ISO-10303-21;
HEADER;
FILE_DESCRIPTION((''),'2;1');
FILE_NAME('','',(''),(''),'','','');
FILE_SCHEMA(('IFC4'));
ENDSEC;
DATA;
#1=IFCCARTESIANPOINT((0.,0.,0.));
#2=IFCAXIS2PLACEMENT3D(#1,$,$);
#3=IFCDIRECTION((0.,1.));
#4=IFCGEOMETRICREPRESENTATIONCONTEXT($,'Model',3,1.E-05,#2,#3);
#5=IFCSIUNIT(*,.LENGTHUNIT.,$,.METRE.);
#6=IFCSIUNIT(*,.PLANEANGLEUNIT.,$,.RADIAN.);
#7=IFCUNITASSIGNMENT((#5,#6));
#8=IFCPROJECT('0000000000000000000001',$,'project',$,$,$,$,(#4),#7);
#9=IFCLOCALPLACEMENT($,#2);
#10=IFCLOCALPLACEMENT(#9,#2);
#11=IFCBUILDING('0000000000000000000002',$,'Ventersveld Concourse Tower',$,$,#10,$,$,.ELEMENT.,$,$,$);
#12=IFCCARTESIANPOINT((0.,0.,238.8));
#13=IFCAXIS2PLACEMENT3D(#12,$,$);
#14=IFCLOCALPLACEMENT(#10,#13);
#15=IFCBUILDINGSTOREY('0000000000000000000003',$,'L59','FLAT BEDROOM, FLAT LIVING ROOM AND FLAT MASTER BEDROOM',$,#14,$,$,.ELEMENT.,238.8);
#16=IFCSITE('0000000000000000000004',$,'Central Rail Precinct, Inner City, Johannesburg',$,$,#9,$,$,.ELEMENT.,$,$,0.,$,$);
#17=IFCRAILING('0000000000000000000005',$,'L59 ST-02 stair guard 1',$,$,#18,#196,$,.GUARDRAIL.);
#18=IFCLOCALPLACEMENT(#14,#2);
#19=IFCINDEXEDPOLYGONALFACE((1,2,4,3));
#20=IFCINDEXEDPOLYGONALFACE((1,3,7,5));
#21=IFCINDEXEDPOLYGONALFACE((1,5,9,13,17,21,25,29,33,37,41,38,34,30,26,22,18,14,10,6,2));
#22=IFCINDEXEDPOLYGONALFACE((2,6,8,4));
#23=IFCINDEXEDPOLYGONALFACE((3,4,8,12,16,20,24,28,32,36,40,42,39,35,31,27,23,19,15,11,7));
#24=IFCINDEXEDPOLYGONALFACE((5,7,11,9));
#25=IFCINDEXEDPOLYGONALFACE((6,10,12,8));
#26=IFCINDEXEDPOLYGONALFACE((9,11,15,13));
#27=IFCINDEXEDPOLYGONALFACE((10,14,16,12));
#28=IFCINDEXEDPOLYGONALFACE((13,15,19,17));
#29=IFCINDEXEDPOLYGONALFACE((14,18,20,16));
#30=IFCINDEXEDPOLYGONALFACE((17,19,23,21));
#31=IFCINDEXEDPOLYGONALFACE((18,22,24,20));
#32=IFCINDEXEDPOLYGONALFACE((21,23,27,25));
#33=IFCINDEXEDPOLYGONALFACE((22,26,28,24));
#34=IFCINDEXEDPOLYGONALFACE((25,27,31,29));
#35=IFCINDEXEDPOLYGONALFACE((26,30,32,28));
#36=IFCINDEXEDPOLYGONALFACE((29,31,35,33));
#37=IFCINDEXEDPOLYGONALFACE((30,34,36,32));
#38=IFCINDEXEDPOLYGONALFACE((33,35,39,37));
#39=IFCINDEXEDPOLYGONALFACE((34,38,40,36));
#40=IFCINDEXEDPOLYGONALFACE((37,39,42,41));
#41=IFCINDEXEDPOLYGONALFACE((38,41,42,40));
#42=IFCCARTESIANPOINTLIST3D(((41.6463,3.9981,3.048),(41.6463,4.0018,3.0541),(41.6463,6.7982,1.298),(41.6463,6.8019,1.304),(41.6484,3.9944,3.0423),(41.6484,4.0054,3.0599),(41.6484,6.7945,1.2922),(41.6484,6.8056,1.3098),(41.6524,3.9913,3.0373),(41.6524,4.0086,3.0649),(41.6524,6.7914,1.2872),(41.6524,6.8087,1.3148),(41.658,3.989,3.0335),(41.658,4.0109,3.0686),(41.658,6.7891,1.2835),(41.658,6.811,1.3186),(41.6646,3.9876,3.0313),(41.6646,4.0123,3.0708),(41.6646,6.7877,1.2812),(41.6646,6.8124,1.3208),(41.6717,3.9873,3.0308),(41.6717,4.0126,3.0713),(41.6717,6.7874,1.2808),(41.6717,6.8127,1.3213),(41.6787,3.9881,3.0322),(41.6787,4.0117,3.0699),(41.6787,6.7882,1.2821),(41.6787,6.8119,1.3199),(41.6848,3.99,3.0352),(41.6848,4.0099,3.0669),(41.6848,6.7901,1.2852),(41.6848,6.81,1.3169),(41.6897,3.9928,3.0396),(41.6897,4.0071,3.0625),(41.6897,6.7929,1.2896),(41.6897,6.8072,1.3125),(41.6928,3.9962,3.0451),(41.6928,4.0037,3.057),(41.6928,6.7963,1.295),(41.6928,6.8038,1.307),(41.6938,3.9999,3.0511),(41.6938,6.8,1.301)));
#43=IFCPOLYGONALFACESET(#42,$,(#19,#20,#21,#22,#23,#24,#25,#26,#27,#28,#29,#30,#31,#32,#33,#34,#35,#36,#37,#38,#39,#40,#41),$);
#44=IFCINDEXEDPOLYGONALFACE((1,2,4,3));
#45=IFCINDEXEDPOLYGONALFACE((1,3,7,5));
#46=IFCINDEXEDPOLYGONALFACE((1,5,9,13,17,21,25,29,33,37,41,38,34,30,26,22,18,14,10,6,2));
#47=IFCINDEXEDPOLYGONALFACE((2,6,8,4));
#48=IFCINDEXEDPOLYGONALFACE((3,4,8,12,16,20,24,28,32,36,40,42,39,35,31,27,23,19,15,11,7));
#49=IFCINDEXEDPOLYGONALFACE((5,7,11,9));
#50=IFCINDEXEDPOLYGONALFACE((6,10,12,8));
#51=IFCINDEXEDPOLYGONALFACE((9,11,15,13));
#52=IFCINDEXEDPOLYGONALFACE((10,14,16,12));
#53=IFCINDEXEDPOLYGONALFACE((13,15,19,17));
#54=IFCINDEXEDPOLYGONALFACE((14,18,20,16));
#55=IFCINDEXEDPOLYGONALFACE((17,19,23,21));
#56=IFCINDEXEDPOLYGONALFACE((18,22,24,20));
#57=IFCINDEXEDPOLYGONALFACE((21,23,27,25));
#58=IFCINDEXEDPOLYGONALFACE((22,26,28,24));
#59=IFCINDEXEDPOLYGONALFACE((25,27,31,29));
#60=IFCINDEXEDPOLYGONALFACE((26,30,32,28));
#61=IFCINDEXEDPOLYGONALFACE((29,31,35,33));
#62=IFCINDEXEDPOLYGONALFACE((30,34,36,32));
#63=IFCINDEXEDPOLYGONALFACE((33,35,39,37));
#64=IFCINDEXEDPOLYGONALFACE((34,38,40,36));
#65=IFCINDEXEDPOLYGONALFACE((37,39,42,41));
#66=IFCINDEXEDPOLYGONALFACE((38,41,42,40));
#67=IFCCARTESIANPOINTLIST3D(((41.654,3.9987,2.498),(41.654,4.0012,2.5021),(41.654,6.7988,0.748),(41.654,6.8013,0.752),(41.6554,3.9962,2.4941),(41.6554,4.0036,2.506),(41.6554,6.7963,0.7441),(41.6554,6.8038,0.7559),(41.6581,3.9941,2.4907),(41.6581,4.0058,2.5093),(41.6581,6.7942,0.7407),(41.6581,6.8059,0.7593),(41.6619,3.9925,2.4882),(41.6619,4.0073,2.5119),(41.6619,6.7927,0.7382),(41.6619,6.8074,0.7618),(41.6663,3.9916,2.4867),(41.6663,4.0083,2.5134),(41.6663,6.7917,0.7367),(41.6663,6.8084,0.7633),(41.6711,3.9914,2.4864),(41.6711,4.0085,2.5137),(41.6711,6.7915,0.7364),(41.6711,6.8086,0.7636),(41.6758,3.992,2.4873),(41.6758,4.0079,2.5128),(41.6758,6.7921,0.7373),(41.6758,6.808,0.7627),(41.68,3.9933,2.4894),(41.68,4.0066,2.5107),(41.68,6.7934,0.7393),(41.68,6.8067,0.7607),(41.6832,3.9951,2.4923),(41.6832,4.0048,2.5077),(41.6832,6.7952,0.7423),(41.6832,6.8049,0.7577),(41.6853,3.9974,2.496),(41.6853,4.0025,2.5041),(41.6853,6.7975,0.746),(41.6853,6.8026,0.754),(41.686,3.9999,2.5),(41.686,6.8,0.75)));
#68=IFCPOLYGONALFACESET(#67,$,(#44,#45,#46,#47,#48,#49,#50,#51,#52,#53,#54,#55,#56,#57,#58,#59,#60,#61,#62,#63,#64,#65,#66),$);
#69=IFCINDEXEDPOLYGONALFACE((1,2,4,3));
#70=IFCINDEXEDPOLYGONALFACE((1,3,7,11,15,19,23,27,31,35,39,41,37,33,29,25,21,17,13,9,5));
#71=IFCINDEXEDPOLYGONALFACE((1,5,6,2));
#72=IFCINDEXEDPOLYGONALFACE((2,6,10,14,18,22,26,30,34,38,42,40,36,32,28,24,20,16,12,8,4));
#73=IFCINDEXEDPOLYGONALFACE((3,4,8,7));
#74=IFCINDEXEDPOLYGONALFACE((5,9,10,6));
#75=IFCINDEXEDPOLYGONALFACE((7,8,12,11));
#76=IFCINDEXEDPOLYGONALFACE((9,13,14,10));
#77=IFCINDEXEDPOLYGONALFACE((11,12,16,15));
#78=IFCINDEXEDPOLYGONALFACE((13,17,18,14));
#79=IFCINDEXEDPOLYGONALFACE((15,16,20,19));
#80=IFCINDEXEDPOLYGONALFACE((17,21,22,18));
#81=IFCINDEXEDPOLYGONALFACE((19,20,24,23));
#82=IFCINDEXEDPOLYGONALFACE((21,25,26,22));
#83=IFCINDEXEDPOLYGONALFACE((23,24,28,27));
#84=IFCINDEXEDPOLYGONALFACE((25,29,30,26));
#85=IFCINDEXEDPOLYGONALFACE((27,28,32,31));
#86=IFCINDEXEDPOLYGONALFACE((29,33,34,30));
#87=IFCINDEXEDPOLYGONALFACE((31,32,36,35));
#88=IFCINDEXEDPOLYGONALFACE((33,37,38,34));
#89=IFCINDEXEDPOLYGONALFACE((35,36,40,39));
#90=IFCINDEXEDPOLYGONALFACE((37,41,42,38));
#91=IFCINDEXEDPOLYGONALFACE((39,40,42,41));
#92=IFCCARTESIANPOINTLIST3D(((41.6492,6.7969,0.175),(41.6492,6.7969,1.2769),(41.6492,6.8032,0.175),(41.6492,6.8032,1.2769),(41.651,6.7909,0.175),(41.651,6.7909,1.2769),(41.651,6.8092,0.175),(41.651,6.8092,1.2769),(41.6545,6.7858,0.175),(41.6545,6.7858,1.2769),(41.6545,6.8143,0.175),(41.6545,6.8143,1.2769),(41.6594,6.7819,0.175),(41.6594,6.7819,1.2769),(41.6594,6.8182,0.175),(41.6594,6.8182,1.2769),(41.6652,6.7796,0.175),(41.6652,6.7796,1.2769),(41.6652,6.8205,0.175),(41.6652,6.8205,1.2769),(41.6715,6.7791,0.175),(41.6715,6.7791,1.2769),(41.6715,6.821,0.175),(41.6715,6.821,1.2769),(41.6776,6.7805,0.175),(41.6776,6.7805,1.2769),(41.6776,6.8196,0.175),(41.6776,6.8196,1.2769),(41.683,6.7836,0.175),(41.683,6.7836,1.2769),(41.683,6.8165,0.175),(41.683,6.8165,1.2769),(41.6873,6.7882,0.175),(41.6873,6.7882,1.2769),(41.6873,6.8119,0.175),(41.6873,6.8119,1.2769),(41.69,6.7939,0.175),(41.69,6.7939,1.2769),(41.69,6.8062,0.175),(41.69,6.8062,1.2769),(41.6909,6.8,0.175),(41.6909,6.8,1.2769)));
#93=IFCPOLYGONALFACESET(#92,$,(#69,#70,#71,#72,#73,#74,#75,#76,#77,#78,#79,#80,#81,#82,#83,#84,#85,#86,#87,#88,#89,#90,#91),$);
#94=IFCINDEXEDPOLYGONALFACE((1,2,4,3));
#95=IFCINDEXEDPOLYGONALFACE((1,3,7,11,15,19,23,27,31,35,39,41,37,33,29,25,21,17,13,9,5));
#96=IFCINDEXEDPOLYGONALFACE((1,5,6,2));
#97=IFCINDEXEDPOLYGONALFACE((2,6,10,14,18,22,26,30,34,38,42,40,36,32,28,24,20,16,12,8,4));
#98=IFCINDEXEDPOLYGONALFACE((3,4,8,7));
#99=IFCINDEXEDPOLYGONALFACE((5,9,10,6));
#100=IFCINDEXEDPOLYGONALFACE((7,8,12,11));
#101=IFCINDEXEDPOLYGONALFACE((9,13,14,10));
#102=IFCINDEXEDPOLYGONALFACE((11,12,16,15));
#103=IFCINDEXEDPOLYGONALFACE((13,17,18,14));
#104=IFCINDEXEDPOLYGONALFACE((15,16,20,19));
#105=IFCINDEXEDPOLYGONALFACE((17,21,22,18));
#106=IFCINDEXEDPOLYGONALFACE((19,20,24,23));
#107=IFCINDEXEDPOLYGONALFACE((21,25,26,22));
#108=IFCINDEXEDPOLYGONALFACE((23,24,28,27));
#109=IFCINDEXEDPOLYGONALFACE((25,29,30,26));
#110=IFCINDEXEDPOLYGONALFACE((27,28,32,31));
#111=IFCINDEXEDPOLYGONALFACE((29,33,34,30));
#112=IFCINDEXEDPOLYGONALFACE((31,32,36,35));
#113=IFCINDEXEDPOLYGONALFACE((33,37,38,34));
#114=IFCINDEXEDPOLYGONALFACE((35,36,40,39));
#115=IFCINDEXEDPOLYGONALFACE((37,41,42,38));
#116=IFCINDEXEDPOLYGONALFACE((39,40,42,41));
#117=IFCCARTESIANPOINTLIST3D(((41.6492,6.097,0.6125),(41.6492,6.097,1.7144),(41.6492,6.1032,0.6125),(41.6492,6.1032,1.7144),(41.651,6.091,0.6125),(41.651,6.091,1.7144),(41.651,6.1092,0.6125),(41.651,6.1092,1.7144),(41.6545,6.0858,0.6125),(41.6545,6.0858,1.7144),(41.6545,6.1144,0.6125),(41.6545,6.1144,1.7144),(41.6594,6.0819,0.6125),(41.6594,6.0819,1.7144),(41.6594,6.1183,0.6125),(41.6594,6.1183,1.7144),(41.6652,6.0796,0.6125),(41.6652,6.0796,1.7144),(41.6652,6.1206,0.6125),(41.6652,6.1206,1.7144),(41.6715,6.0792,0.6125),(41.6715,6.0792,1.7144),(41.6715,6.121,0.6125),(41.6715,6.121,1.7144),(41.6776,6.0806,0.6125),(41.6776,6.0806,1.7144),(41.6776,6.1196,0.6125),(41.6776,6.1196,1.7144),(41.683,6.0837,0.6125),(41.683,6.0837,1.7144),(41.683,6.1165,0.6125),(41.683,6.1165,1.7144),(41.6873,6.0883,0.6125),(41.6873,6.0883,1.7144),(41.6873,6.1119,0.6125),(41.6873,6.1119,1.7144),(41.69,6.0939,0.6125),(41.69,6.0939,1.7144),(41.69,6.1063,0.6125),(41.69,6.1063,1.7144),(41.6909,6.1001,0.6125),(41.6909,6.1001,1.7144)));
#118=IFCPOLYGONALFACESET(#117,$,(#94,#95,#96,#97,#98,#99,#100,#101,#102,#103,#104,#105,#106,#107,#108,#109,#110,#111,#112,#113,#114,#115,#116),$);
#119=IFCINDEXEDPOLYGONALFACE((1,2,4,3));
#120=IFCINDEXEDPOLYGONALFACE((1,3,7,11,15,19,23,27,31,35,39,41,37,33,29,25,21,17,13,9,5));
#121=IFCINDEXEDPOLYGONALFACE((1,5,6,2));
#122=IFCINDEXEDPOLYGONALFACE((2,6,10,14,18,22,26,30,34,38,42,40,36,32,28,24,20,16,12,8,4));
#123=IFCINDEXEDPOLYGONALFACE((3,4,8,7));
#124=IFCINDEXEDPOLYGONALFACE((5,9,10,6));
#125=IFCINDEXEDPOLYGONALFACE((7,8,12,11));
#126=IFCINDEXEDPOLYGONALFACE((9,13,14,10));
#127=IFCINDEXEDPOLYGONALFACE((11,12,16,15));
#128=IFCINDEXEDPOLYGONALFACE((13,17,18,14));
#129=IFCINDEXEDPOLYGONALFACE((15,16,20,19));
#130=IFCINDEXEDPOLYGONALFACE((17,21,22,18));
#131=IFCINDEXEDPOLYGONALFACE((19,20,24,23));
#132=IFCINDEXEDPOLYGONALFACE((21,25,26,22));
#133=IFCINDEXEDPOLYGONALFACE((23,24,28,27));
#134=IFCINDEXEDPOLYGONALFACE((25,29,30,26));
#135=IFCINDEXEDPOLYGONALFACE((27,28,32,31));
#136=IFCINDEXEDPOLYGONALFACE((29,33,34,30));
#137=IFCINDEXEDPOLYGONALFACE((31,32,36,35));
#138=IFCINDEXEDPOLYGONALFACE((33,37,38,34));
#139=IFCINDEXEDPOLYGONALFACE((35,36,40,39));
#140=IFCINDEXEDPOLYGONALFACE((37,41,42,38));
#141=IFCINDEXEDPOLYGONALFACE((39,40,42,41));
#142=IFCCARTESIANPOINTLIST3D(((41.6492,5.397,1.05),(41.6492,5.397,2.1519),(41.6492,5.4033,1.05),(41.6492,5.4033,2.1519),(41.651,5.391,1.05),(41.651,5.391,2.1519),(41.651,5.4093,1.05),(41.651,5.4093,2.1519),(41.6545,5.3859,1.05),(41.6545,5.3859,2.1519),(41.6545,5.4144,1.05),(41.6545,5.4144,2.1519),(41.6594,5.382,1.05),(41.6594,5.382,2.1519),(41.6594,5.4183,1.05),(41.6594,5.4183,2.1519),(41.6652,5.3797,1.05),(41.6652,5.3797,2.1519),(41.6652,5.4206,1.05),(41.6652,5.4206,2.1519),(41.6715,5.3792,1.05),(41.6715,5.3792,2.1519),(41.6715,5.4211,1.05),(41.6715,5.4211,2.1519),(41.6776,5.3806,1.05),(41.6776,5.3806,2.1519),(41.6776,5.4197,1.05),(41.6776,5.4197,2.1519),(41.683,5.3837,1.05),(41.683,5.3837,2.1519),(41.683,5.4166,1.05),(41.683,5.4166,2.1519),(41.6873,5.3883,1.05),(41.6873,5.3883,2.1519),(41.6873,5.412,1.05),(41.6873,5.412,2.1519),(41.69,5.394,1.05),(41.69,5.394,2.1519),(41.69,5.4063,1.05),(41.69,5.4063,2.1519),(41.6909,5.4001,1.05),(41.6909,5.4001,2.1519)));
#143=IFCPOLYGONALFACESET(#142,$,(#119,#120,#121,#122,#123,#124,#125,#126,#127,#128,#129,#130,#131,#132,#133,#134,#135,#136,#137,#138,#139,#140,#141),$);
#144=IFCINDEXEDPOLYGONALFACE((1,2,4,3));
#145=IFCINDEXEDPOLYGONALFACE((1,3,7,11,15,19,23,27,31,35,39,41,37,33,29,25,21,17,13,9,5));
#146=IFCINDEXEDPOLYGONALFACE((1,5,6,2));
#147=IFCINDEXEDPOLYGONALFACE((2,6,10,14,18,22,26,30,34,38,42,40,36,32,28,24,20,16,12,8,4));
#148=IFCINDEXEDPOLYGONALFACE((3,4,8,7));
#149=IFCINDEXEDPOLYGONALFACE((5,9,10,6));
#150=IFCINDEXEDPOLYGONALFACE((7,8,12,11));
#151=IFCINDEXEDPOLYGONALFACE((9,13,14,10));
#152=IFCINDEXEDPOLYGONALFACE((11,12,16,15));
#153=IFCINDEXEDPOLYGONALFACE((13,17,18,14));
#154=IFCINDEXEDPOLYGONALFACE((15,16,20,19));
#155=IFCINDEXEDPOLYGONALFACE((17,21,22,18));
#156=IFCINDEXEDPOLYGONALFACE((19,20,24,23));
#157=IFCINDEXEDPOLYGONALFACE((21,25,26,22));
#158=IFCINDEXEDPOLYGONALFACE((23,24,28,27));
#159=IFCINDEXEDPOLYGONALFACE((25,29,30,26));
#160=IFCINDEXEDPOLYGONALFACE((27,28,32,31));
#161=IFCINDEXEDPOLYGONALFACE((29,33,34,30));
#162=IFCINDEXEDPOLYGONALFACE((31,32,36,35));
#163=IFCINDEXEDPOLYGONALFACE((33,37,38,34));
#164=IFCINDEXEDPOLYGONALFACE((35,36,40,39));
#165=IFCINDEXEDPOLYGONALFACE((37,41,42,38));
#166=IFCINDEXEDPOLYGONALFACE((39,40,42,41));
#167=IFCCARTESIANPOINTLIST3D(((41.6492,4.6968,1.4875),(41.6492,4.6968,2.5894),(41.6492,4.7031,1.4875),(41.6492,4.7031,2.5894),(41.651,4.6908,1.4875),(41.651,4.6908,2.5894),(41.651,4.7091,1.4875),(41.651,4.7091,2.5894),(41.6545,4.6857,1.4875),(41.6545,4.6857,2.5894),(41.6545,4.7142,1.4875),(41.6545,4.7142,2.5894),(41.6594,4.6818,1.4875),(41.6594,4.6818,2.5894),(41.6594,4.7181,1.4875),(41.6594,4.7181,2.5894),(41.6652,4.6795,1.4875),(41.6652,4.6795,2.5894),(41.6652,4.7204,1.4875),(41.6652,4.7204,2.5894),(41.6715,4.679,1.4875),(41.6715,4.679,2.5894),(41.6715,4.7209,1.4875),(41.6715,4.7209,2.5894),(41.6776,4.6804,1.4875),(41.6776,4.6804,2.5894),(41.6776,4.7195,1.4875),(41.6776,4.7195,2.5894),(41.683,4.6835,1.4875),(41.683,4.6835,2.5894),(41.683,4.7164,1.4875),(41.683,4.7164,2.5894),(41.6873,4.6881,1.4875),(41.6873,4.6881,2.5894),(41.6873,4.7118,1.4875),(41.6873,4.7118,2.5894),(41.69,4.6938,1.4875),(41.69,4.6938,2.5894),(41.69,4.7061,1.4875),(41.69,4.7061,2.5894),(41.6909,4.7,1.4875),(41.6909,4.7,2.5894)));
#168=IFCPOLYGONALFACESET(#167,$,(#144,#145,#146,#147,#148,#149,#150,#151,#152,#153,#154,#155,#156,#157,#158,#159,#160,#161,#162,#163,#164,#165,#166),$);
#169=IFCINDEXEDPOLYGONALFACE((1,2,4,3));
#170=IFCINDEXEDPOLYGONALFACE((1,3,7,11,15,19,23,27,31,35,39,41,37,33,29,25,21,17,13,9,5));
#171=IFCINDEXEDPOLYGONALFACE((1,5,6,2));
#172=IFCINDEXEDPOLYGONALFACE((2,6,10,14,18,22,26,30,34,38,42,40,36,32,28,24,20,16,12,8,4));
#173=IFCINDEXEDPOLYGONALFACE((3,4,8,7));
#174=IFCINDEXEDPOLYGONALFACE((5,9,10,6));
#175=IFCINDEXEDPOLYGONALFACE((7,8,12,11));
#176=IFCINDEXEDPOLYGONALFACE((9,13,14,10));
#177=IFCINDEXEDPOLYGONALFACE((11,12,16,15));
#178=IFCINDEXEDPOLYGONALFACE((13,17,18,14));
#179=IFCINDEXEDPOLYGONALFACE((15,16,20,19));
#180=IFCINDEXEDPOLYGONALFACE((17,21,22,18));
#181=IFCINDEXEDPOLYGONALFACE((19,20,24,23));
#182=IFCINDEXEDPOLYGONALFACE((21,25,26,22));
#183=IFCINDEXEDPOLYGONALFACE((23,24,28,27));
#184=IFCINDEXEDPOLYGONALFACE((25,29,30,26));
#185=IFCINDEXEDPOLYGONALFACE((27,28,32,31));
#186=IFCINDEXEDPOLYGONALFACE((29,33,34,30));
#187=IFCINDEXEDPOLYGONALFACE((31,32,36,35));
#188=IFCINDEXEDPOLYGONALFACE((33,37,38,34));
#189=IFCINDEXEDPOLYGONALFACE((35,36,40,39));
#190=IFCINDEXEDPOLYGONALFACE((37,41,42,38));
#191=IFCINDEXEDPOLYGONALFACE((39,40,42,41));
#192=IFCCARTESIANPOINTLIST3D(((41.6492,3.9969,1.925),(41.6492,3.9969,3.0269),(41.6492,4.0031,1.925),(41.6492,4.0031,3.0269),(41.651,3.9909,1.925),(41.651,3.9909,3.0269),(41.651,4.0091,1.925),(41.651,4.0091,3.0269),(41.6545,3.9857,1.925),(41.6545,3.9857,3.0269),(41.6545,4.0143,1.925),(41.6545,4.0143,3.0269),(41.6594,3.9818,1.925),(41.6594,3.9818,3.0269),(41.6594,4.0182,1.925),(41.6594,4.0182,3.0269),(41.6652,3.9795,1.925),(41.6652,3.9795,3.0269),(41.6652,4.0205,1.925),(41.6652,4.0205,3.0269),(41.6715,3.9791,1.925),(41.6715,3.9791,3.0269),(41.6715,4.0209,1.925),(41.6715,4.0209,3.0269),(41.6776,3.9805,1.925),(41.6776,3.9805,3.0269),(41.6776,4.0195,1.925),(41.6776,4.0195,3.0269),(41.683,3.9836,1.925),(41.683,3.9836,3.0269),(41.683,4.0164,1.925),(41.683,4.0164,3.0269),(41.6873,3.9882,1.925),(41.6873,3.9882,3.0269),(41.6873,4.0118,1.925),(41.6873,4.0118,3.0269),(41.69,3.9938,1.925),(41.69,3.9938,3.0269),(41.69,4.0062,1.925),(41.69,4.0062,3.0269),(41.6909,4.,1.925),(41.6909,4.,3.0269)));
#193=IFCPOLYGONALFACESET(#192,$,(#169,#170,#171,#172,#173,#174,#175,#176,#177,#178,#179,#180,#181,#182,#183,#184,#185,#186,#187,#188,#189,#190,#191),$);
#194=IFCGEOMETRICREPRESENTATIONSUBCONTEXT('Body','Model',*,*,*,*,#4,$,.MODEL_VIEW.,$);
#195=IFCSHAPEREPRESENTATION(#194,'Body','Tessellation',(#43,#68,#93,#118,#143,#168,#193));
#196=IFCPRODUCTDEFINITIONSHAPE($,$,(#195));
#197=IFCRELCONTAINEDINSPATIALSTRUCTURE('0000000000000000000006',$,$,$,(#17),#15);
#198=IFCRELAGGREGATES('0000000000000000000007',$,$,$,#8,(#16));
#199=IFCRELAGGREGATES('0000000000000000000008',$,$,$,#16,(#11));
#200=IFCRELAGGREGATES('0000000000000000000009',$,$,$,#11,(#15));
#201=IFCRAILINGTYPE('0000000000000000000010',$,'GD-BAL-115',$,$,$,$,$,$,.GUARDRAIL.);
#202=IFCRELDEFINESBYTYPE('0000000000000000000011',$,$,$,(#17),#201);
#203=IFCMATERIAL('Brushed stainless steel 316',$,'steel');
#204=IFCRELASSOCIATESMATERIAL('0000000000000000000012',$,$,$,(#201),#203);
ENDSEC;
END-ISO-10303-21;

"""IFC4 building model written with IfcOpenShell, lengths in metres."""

from ifc_helpers import new_model, si_unit, direction, frame, origin, origin_2d, place, context, subcontext, project, spatial, circle, extrude, material, type_object, element, save


model = new_model("IFC4")

# Units and contexts
model_context = context("Model", 3, precision=1e-05, world=origin(), true_north=direction((0.0, 1.0)))
body_context = subcontext(model_context, "Body", "Model", "MODEL_VIEW")
ifc_project = project(units=[si_unit("LENGTHUNIT", "METRE"), si_unit("PLANEANGLEUNIT", "RADIAN")], contexts=[model_context])

# Site, building, storey
site_placement = place(None, origin())
site = spatial("IfcSite", under=ifc_project, at=site_placement, Name="Central Rail Precinct, Inner City, Johannesburg", CompositionType="ELEMENT", RefElevation=0.0)
building_placement = place(site_placement, origin())
building = spatial("IfcBuilding", under=site, at=building_placement, Name="Ventersveld Concourse Tower", CompositionType="ELEMENT")
storey_placement = place(building_placement, frame((0.0, 0.0, 238.8)))
storey = spatial("IfcBuildingStorey", under=building, at=storey_placement, Name="L59", Description="FLAT BEDROOM, FLAT LIVING ROOM AND FLAT MASTER BEDROOM", CompositionType="ELEMENT", Elevation=238.8)

# Shared definitions
ifc_material_1 = material(Name="Brushed stainless steel 316", Category="steel")

# Railing
railing_type_1 = type_object("IfcRailingType", Name="GD-BAL-115", PredefinedType="GUARDRAIL", material=ifc_material_1)
railing_1_placement = place(storey_placement, frame((41.6699, 6.8, 0.175)))
element("IfcRailing", 1, at=railing_1_placement, inside=storey, type_object=railing_type_1, Name="L59 ST-02 stair guard 1", PredefinedType="GUARDRAIL", context=body_context, shape_type="SweptSolid", body=[
    extrude(circle(Radius=0.0239, at=origin_2d()), frame((0.0, 0.0, 1.126), z_axis=(0.0, -0.848002, 0.529992), x_axis=(1.0, 0.0, 0.0)), (0.0, 0.0, 1.0), 3.302),
    extrude(circle(Radius=0.0161, at=origin_2d()), frame((0.0, 0.0, 0.575), z_axis=(0.0, -0.848002, 0.529992), x_axis=(1.0, 0.0, 0.0)), (0.0, 0.0, 1.0), 3.302),
    extrude(circle(Radius=0.021, at=origin_2d()), origin(), (0.0, 0.0, 1.0), 1.1018),
    extrude(circle(Radius=0.021, at=origin_2d()), frame((0.0, -0.7, 0.4375)), (0.0, 0.0, 1.0), 1.1018),
    extrude(circle(Radius=0.021, at=origin_2d()), frame((0.0, -1.3999, 0.875)), (0.0, 0.0, 1.0), 1.1018),
    extrude(circle(Radius=0.021, at=origin_2d()), frame((0.0, -2.1001, 1.3125)), (0.0, 0.0, 1.0), 1.1018),
    extrude(circle(Radius=0.021, at=origin_2d()), frame((0.0, -2.8, 1.75)), (0.0, 0.0, 1.0), 1.1018),
])

save(model, "model.ifc")
